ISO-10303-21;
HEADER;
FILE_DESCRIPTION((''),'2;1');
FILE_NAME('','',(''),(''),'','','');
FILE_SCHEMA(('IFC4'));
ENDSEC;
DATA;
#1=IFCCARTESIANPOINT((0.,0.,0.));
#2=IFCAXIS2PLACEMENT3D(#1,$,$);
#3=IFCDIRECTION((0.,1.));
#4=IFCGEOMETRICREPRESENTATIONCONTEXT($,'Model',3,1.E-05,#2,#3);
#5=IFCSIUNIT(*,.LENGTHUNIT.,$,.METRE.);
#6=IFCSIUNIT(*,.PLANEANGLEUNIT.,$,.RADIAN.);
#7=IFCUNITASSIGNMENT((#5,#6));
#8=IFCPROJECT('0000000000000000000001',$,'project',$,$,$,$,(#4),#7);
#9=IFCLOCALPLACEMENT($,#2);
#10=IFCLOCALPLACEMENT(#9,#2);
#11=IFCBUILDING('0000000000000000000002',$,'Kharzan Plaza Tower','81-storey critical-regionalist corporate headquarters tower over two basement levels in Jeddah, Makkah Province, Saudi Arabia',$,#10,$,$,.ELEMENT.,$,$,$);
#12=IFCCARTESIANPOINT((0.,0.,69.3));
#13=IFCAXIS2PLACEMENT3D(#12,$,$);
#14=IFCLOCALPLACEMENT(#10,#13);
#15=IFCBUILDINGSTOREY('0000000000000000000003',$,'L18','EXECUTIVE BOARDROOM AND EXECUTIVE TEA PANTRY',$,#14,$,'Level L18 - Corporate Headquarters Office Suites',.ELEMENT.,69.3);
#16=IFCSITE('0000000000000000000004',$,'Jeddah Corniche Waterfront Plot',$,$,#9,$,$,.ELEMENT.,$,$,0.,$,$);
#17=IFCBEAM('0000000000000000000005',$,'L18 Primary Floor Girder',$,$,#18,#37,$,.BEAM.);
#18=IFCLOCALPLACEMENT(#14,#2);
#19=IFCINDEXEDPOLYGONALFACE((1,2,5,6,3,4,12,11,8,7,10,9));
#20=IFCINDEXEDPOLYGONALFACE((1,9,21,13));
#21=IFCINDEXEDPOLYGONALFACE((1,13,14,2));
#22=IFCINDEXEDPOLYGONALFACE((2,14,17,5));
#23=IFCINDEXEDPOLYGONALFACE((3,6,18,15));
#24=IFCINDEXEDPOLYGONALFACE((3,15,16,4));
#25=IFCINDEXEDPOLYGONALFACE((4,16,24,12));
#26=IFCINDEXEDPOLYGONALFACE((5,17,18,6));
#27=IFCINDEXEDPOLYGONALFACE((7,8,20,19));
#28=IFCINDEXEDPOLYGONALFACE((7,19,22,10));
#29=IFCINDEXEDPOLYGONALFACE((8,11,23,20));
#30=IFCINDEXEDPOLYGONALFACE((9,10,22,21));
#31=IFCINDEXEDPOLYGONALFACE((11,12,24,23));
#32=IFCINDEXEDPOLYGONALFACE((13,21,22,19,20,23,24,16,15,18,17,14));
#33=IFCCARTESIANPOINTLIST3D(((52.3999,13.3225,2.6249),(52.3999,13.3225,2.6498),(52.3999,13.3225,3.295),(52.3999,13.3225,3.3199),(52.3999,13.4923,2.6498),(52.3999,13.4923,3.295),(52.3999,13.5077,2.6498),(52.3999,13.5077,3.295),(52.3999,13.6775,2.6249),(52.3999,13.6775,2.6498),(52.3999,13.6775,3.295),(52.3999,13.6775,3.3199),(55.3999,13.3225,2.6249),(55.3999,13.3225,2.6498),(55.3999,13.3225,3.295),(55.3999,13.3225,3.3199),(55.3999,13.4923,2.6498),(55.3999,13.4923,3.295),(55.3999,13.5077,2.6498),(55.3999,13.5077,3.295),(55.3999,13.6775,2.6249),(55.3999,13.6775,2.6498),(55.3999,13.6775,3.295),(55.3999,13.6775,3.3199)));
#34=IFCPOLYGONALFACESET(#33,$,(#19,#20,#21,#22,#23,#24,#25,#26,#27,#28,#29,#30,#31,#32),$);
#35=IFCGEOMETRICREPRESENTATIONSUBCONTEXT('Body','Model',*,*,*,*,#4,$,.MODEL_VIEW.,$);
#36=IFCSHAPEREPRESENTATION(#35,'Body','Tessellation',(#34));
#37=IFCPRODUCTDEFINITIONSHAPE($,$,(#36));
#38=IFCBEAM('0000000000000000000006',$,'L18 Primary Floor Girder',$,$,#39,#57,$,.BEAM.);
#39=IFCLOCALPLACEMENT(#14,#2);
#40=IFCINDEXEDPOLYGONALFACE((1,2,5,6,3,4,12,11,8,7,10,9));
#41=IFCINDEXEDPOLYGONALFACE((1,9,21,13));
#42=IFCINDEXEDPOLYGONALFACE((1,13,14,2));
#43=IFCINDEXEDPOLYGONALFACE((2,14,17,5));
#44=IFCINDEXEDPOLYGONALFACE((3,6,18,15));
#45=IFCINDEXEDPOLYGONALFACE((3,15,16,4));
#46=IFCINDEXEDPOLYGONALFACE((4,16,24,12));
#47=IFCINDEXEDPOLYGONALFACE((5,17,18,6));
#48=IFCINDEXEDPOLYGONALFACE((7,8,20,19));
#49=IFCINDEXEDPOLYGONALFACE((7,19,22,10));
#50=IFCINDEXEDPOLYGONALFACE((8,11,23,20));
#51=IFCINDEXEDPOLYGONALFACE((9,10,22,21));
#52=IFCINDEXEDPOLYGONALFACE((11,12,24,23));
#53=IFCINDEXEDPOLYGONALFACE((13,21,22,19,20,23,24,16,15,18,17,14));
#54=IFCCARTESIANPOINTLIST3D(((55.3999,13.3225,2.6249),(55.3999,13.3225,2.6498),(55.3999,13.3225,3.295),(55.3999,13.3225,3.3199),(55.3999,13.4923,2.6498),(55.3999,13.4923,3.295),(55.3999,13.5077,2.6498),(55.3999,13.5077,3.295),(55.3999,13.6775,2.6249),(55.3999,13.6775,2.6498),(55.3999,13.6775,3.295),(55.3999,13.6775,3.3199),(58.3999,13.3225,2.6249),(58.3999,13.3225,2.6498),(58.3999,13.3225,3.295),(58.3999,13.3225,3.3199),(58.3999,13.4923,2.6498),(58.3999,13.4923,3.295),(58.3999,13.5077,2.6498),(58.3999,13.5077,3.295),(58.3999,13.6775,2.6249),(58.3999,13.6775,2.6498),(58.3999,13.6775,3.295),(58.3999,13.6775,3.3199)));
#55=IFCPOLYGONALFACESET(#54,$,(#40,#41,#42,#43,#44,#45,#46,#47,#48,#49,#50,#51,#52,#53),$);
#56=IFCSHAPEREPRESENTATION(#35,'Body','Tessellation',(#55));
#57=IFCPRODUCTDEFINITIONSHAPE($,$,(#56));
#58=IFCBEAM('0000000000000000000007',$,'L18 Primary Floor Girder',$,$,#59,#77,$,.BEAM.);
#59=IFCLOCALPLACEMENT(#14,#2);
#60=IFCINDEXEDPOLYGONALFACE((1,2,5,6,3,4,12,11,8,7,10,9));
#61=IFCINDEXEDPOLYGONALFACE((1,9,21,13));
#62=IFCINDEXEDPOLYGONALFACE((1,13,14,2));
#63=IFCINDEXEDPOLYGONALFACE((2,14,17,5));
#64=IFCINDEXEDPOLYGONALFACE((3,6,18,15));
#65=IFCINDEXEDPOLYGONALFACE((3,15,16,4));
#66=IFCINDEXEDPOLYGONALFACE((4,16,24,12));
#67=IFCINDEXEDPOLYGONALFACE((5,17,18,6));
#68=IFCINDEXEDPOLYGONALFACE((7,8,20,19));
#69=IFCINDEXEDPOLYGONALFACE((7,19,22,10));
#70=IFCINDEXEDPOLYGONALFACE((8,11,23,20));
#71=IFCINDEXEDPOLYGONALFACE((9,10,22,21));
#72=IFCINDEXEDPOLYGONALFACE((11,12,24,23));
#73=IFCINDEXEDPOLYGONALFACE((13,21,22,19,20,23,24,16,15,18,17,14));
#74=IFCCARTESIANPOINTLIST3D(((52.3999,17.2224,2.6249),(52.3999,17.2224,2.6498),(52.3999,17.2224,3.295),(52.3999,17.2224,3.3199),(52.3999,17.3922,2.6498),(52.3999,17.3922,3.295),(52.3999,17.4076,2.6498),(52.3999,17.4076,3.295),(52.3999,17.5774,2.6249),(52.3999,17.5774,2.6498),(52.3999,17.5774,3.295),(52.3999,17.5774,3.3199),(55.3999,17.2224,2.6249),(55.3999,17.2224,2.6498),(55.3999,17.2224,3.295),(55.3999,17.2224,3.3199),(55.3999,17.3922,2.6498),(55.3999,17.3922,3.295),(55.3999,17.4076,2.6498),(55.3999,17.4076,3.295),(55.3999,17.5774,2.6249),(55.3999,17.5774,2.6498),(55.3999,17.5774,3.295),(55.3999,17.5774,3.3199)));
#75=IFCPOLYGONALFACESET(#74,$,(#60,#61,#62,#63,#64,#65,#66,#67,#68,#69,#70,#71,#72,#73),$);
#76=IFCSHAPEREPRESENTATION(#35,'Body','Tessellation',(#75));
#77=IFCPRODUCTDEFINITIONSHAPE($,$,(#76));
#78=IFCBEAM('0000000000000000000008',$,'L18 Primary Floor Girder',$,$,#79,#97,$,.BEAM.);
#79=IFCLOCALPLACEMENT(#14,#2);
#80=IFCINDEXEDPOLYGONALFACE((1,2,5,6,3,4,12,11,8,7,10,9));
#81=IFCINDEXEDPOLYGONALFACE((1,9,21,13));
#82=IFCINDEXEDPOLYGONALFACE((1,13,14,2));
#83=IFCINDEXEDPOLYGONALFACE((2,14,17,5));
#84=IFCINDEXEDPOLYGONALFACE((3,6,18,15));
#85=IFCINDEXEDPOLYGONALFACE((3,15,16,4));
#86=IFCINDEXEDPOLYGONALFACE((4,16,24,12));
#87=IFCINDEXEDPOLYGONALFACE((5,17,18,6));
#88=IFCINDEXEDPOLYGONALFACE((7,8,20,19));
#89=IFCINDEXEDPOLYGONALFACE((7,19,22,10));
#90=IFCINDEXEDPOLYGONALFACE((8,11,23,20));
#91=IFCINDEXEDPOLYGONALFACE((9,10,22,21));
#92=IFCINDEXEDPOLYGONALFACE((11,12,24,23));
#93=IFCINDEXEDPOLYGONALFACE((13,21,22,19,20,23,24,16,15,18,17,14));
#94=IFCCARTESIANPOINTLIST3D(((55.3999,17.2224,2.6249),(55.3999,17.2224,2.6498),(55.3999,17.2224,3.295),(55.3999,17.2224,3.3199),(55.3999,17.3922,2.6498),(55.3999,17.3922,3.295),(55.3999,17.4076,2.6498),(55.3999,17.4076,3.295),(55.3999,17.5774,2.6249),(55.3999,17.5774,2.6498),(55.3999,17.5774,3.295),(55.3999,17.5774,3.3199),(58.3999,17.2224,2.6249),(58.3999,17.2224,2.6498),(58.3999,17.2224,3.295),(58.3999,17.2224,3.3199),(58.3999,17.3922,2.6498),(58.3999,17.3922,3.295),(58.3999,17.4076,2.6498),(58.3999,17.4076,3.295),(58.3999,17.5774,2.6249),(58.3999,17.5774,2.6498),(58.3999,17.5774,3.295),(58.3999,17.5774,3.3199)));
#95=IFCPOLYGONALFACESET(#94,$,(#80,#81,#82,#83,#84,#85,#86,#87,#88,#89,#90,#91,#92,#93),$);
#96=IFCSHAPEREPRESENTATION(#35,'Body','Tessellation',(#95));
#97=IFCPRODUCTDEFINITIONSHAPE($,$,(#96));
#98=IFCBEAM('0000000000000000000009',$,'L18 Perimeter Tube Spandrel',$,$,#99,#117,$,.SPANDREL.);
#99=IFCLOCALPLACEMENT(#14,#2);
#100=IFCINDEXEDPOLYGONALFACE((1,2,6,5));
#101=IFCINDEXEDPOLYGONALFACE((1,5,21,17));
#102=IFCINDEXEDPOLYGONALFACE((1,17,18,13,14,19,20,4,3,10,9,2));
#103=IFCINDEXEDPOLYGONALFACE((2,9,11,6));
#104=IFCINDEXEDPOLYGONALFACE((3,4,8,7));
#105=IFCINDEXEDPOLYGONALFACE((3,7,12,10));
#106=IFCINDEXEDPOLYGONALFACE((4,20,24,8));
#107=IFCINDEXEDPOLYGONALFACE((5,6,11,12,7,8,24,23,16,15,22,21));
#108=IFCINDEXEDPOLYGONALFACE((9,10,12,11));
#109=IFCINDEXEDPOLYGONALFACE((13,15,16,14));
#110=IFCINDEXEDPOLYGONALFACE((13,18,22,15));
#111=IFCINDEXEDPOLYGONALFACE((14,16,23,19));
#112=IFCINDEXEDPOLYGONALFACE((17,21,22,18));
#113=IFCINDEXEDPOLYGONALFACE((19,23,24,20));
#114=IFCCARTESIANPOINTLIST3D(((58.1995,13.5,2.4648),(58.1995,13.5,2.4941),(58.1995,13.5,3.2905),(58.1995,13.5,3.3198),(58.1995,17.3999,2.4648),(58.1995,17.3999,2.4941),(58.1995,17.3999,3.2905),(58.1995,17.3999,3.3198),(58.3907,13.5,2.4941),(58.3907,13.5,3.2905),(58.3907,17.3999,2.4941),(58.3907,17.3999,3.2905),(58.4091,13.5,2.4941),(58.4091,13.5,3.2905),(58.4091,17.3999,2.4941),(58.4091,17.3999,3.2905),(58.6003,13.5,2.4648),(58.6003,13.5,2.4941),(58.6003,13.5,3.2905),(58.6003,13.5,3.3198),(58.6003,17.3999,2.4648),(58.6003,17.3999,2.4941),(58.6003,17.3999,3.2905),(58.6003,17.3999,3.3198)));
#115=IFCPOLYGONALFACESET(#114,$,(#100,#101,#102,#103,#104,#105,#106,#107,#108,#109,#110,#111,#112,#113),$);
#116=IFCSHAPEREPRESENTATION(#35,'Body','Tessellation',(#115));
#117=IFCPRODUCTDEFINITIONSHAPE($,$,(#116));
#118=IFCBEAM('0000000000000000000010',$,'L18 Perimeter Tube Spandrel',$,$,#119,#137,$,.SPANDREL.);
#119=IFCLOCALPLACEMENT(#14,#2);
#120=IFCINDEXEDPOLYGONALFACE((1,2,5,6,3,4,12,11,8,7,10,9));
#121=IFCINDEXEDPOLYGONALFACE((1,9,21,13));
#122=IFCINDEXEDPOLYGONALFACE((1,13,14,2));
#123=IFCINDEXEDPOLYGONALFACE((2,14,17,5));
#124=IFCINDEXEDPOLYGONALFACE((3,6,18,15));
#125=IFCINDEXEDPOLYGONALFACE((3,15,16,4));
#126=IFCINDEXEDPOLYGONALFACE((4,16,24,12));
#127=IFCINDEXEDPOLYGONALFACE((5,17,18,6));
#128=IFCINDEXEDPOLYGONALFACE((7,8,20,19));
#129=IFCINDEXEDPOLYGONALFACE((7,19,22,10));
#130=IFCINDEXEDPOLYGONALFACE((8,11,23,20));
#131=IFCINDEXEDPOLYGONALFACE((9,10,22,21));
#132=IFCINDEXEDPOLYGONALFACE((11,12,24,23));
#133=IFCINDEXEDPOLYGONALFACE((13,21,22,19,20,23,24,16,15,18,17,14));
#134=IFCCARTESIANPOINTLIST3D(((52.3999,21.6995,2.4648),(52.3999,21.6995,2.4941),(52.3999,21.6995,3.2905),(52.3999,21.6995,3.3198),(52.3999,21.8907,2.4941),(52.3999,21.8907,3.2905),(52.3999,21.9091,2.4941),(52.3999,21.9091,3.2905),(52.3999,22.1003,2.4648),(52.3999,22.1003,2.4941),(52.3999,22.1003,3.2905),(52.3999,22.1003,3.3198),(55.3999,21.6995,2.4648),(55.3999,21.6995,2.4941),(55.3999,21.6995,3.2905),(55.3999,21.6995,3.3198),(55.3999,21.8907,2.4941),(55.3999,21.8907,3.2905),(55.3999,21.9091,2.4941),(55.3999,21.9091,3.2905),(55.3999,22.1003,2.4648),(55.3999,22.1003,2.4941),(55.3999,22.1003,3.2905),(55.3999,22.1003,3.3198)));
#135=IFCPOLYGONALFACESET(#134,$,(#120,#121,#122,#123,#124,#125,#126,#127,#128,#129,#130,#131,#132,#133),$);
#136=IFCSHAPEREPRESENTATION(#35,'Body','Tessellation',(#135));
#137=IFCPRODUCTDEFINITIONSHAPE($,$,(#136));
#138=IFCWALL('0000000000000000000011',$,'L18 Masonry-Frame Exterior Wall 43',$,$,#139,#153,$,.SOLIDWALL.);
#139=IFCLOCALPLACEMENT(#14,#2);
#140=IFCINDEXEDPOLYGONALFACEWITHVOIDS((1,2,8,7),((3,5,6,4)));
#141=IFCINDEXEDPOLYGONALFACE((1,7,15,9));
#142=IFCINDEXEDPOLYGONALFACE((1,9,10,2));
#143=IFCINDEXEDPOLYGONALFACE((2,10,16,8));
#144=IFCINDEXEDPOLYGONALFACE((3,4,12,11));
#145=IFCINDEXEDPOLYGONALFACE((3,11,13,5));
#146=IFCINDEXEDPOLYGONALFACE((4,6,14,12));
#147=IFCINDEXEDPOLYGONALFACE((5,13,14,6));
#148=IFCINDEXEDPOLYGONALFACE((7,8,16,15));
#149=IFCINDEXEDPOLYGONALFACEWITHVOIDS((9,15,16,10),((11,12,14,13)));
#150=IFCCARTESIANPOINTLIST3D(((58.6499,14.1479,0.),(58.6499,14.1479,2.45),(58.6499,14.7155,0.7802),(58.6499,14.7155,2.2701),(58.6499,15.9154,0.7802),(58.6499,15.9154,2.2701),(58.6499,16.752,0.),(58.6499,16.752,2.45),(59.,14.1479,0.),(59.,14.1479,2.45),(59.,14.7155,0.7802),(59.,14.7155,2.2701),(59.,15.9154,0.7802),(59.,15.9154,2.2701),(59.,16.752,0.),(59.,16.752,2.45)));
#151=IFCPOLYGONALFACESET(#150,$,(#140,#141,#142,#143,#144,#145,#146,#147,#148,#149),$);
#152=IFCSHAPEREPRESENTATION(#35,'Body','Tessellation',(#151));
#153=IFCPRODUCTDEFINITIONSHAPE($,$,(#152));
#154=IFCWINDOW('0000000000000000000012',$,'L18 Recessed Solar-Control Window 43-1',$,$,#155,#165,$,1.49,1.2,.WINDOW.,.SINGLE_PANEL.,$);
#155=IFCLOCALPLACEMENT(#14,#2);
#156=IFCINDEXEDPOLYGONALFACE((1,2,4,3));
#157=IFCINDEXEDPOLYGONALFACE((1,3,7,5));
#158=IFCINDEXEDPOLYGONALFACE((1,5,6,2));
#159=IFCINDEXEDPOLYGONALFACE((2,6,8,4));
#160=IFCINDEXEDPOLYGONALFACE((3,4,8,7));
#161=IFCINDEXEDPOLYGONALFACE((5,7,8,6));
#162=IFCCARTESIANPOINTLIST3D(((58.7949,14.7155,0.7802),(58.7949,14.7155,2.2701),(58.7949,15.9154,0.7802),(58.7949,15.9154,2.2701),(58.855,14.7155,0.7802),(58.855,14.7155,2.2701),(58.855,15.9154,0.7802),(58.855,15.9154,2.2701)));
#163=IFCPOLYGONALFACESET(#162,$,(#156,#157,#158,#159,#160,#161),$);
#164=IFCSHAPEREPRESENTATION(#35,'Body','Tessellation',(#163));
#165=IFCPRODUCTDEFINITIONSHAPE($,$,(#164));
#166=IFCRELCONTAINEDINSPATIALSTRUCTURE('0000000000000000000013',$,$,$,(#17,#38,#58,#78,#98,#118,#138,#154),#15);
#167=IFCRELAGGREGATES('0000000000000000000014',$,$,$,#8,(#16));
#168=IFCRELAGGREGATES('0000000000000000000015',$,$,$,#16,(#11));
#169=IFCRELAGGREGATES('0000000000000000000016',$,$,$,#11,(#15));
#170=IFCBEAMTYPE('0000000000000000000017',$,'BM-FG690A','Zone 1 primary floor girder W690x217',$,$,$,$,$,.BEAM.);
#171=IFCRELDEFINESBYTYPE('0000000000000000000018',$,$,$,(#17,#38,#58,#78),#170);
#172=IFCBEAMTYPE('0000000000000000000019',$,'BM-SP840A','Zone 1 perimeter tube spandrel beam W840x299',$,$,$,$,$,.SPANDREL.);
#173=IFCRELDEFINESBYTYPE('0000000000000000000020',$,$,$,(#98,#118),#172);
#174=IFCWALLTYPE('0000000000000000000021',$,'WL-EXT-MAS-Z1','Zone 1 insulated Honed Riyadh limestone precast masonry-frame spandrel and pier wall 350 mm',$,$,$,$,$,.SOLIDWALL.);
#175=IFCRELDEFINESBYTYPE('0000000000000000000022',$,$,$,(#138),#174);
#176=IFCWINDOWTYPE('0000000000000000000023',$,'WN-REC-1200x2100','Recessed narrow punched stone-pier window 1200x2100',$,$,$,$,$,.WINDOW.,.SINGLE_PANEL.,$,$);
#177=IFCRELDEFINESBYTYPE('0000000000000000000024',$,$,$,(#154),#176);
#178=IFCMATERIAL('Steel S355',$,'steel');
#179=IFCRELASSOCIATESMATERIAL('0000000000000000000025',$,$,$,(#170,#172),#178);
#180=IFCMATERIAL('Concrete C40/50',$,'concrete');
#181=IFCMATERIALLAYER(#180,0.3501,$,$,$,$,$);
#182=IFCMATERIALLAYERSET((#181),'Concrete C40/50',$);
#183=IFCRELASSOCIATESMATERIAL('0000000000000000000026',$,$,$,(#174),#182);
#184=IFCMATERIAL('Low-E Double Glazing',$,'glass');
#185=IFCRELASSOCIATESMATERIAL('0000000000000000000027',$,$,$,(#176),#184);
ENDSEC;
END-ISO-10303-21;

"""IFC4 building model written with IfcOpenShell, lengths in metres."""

from ifc_helpers import new_model, si_unit, direction, frame, frame_2d, origin, origin_2d, place, context, subcontext, project, spatial, rectangle, i_section, extrude, source, transform, mapped, material, layer, layer_set, material_profile, profile_set, type_object, element, fill, save


model = new_model("IFC4")

# Units and contexts
model_context = context("Model", 3, precision=1e-05, world=origin(), true_north=direction((0.0, 1.0)))
body_context = subcontext(model_context, "Body", "Model", "MODEL_VIEW")
ifc_project = project(units=[si_unit("LENGTHUNIT", "METRE"), si_unit("PLANEANGLEUNIT", "RADIAN")], contexts=[model_context])

# Site, building, storey
site_placement = place(None, origin())
site = spatial("IfcSite", under=ifc_project, at=site_placement, Name="Jeddah Corniche Waterfront Plot", CompositionType="ELEMENT", RefElevation=0.0)
building_placement = place(site_placement, origin())
building = spatial("IfcBuilding", under=site, at=building_placement, Name="Kharzan Plaza Tower", Description="81-storey critical-regionalist corporate headquarters tower over two basement levels in Jeddah, Makkah Province, Saudi Arabia", CompositionType="ELEMENT")
storey_placement = place(building_placement, frame((0.0, 0.0, 69.3)))
storey = spatial("IfcBuildingStorey", under=building, at=storey_placement, Name="L18", Description="EXECUTIVE BOARDROOM AND EXECUTIVE TEA PANTRY", LongName="Level L18 - Corporate Headquarters Office Suites", CompositionType="ELEMENT", Elevation=69.3)

# Beams
ifc_material_1 = material(Name="Steel S355", Category="steel")
ifc_material_profile_1 = material_profile(ifc_material_1, i_section(OverallWidth=0.355, OverallDepth=0.6951, WebThickness=0.0154, FlangeThickness=0.0249, at=origin_2d()), Name="W690x217")
ifc_profile_set_1 = profile_set([ifc_material_profile_1], Name="Steel S355")
beam_type_1 = type_object("IfcBeamType", Name="BM-FG690A", Description="Zone 1 primary floor girder W690x217", PredefinedType="BEAM", material=ifc_profile_set_1)
shared_shape_1 = source(origin(), body_context, "Body", "SweptSolid", [
    extrude(i_section(OverallWidth=0.355, OverallDepth=0.6951, WebThickness=0.0154, FlangeThickness=0.0249, at=origin_2d()), origin(), (0.0, 0.0, 1.0), 3.0),
])
for number, where, z_axis, x_axis, name in (
    (1, (52.3999, 13.5, 2.9724), (1.0, 0.0, 0.0), (0.0, 1.0, 0.0), "L18 Primary Floor Girder"),
    (2, (55.3999, 13.5, 2.9724), (1.0, 0.0, 0.0), (0.0, 1.0, 0.0), "L18 Primary Floor Girder"),
    (3, (52.3999, 17.3999, 2.9724), (1.0, 0.0, 0.0), (0.0, 1.0, 0.0), "L18 Primary Floor Girder"),
    (4, (55.3999, 17.3999, 2.9724), (1.0, 0.0, 0.0), (0.0, 1.0, 0.0), "L18 Primary Floor Girder"),
):
    element("IfcBeam", number, at=place(storey_placement, frame(where, z_axis=z_axis, x_axis=x_axis)), inside=storey, type_object=beam_type_1, Name=name, PredefinedType="BEAM", context=body_context, shape_type="MappedRepresentation", body=[
        mapped(shared_shape_1, transform((0.0, 0.0, 0.0), x_axis=(1.0, 0.0, 0.0), y_axis=(0.0, 1.0, 0.0), z_axis=(0.0, 0.0, 1.0))),
    ])
ifc_material_profile_2 = material_profile(ifc_material_1, i_section(OverallWidth=0.4009, OverallDepth=0.855, WebThickness=0.0183, FlangeThickness=0.0293, at=origin_2d()), Name="W840x299")
ifc_profile_set_2 = profile_set([ifc_material_profile_2], Name="Steel S355")
beam_type_2 = type_object("IfcBeamType", Name="BM-SP840A", Description="Zone 1 perimeter tube spandrel beam W840x299", PredefinedType="SPANDREL", material=ifc_profile_set_2)
shared_shape_2 = source(origin(), body_context, "Body", "SweptSolid", [
    extrude(i_section(OverallWidth=0.4009, OverallDepth=0.855, WebThickness=0.0183, FlangeThickness=0.0293, at=origin_2d()), origin(), (0.0, 0.0, 1.0), 3.8999),
])
beam_1_placement = place(storey_placement, frame((58.3999, 13.5, 2.8923), z_axis=(0.0, 1.0, 0.0), x_axis=(-1.0, 0.0, 0.0)))
element("IfcBeam", 5, at=beam_1_placement, inside=storey, type_object=beam_type_2, Name="L18 Perimeter Tube Spandrel", PredefinedType="SPANDREL", context=body_context, shape_type="MappedRepresentation", body=[
    mapped(shared_shape_2, transform((0.0, 0.0, 0.0), x_axis=(1.0, 0.0, 0.0), y_axis=(0.0, 1.0, 0.0), z_axis=(0.0, 0.0, 1.0))),
])
shared_shape_3 = source(origin(), body_context, "Body", "SweptSolid", [
    extrude(i_section(OverallWidth=0.4009, OverallDepth=0.855, WebThickness=0.0183, FlangeThickness=0.0293, at=origin_2d()), origin(), (0.0, 0.0, 1.0), 3.0),
])
beam_2_placement = place(storey_placement, frame((52.3999, 21.8999, 2.8923), z_axis=(1.0, 0.0, 0.0), x_axis=(0.0, 1.0, 0.0)))
element("IfcBeam", 6, at=beam_2_placement, inside=storey, type_object=beam_type_2, Name="L18 Perimeter Tube Spandrel", PredefinedType="SPANDREL", context=body_context, shape_type="MappedRepresentation", body=[
    mapped(shared_shape_3, transform((0.0, 0.0, 0.0), x_axis=(1.0, 0.0, 0.0), y_axis=(0.0, 1.0, 0.0), z_axis=(0.0, 0.0, 1.0))),
])

# Wall, opening, window
ifc_material_2 = material(Name="Concrete C40/50", Category="concrete")
ifc_layer_1 = layer(ifc_material_2, 0.3501)
ifc_layer_set_1 = layer_set([ifc_layer_1], Name="Concrete C40/50")
wall_type_1 = type_object("IfcWallType", Name="WL-EXT-MAS-Z1", Description="Zone 1 insulated Honed Riyadh limestone precast masonry-frame spandrel and pier wall 350 mm", PredefinedType="SOLIDWALL", material=ifc_layer_set_1)
wall_1_placement = place(storey_placement, frame((58.825, 14.1479, 0.0), z_axis=(0.0, 0.0, 1.0), x_axis=(0.0, 1.0, 0.0)))
wall_1 = element("IfcWall", 7, at=wall_1_placement, inside=storey, type_object=wall_type_1, Name="L18 Masonry-Frame Exterior Wall 43", PredefinedType="SOLIDWALL", context=body_context, shape_type="SweptSolid", body=[
    extrude(rectangle(XDim=2.604, YDim=0.3501, at=frame_2d((1.302, 0.0))), origin(), (0.0, 0.0, 1.0), 2.45),
])
opening_1_placement = place(wall_1_placement, frame((0.5674, 0.0, 0.78)))
opening_1 = element("IfcOpeningElement", 8, at=opening_1_placement, cuts=wall_1, PredefinedType="OPENING", context=body_context, shape_type="SweptSolid", body=[
    extrude(rectangle(XDim=1.2, YDim=1.49, at=frame_2d((0.6001, 0.7451))), frame((0.0, 0.1851, 0.0), z_axis=(0.0, -1.0, 0.0), x_axis=(1.0, 0.0, 0.0)), (0.0, 0.0, 1.0), 0.3701),
])
ifc_material_3 = material(Name="Low-E Double Glazing", Category="glass")
window_type_1 = type_object("IfcWindowType", Name="WN-REC-1200x2100", Description="Recessed narrow punched stone-pier window 1200x2100", PartitioningType="SINGLE_PANEL", PredefinedType="WINDOW", material=ifc_material_3)
shared_shape_4 = source(origin(), body_context, "Body", "SweptSolid", [
    extrude(rectangle(XDim=1.2, YDim=1.49, at=frame_2d((0.6001, 0.7451))), frame((0.0, 0.03, 0.0), z_axis=(0.0, -1.0, 0.0), x_axis=(1.0, 0.0, 0.0)), (0.0, 0.0, 1.0), 0.0601),
])
window_1_placement = place(opening_1_placement, origin())
window_1 = element("IfcWindow", 9, at=window_1_placement, inside=storey, type_object=window_type_1, Name="L18 Recessed Solar-Control Window 43-1", OverallHeight=1.49, OverallWidth=1.2, PartitioningType="SINGLE_PANEL", PredefinedType="WINDOW", context=body_context, shape_type="MappedRepresentation", body=[
    mapped(shared_shape_4, transform((0.0, 0.0, 0.0), x_axis=(1.0, 0.0, 0.0), y_axis=(0.0, 1.0, 0.0), z_axis=(0.0, 0.0, 1.0))),
])
fill(opening_1, window_1)

save(model, "model.ifc")
